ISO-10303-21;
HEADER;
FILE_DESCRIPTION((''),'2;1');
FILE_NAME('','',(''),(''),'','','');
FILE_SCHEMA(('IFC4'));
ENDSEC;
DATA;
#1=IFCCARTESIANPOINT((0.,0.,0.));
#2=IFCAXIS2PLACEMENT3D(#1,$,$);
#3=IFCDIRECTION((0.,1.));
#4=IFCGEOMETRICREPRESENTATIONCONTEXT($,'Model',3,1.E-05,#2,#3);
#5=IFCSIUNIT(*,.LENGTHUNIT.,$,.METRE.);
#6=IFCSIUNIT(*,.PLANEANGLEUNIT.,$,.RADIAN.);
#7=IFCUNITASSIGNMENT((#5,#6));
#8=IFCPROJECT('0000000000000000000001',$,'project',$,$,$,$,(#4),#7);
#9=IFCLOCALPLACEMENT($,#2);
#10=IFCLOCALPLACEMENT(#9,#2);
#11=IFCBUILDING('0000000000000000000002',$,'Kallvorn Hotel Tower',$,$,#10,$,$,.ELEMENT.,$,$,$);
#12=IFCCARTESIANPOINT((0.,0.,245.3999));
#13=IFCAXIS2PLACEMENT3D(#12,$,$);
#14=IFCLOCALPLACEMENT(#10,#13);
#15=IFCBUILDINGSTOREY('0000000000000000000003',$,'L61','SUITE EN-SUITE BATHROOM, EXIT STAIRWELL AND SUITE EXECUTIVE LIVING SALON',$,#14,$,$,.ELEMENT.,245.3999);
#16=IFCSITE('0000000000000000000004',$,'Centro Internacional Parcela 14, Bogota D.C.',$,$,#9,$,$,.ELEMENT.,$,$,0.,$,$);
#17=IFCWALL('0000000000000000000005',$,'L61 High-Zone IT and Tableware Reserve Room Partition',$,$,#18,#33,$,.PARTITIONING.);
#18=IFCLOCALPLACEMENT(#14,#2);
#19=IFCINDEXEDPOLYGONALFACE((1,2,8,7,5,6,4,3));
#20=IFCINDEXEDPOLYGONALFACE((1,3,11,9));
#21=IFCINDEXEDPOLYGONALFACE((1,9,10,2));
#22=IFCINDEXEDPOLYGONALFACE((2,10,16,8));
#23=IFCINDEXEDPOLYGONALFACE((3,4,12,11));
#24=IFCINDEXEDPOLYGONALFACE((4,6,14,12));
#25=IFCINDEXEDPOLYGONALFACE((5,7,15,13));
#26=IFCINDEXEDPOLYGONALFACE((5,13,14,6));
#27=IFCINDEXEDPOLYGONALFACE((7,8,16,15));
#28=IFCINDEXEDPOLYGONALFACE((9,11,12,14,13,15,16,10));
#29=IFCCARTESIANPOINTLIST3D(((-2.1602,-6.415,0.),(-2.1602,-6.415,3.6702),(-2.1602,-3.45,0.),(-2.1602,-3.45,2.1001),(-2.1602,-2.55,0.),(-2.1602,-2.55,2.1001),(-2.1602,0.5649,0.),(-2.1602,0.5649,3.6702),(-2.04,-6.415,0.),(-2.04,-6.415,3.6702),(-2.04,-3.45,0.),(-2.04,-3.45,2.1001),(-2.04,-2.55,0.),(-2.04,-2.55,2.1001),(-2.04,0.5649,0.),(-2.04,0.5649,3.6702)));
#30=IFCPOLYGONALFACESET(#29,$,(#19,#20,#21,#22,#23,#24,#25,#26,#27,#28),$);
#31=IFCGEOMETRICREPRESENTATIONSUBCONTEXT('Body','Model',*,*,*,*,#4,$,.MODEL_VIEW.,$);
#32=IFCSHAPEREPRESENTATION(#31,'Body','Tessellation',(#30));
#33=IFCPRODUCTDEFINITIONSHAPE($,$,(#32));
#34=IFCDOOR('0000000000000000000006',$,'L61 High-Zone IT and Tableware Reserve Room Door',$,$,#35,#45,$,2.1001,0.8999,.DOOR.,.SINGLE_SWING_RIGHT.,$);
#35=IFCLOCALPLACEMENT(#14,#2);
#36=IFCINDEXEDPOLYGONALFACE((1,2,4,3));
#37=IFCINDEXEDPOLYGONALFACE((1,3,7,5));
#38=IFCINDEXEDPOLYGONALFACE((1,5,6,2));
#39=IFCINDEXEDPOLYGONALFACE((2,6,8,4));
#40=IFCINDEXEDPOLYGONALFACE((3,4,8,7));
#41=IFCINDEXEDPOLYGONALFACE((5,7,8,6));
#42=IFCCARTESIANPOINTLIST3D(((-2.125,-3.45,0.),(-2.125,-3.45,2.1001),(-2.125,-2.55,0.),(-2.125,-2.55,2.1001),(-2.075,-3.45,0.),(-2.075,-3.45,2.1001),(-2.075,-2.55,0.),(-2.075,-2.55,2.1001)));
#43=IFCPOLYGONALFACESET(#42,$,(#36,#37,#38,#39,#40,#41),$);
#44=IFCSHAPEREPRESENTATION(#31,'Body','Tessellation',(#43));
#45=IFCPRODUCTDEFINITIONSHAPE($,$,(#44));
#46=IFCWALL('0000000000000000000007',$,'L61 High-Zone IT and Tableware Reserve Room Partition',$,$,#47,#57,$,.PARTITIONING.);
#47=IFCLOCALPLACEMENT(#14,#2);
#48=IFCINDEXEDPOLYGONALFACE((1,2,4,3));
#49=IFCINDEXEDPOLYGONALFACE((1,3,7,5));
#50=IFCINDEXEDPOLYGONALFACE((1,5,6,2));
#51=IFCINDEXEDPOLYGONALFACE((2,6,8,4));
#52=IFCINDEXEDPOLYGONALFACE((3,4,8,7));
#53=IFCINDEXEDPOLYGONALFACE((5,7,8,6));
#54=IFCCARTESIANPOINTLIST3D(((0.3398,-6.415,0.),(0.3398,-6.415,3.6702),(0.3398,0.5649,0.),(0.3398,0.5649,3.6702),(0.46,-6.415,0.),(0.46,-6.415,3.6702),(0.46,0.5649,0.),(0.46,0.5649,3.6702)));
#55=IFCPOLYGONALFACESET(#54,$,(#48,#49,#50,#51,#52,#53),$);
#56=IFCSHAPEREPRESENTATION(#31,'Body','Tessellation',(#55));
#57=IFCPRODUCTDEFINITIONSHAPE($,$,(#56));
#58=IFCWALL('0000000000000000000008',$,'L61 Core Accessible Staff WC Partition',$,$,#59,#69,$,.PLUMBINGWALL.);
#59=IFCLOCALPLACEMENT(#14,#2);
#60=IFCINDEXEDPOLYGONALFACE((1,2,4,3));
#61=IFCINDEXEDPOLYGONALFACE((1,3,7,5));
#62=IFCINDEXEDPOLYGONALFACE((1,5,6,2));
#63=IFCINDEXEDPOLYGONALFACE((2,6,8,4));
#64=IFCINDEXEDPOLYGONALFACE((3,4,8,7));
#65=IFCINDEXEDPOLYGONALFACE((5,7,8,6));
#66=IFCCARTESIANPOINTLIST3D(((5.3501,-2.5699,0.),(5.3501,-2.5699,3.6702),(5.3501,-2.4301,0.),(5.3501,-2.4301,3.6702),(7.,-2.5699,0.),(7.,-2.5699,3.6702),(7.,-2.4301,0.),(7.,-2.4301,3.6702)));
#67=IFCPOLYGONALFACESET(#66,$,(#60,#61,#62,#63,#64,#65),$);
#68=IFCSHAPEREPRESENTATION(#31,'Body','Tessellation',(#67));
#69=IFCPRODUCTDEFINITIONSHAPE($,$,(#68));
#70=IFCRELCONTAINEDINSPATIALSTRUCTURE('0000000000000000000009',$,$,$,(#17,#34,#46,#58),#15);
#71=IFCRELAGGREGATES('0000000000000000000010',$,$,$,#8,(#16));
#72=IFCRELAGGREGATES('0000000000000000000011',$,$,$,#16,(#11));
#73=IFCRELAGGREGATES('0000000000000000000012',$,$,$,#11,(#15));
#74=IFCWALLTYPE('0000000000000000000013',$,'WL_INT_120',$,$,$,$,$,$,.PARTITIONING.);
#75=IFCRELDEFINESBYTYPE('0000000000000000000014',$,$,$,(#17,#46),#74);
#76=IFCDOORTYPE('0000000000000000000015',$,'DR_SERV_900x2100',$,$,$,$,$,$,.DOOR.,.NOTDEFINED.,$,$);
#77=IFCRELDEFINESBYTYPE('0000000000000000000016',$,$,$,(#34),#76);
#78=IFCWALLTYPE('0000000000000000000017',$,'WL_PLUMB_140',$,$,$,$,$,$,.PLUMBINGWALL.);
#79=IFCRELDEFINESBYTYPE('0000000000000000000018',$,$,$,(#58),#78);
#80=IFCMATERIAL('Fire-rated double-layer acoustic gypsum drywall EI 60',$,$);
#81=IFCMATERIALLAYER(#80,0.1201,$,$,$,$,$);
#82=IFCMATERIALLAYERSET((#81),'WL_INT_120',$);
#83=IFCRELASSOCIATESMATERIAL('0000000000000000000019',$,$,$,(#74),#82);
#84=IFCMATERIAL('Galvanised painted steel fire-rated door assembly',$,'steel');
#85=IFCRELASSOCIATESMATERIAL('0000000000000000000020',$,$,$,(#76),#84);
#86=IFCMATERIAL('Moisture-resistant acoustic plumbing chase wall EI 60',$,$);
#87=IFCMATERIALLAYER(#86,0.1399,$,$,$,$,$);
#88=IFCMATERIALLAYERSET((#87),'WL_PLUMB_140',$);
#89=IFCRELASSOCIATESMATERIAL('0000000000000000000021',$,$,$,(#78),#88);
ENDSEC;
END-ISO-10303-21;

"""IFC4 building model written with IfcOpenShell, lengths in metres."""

from ifc_helpers import new_model, si_unit, direction, frame, frame_2d, origin, place, context, subcontext, project, spatial, rectangle, extrude, material, layer, layer_set, type_object, element, fill, save


model = new_model("IFC4")

# Units and contexts
model_context = context("Model", 3, precision=1e-05, world=origin(), true_north=direction((0.0, 1.0)))
body_context = subcontext(model_context, "Body", "Model", "MODEL_VIEW")
ifc_project = project(units=[si_unit("LENGTHUNIT", "METRE"), si_unit("PLANEANGLEUNIT", "RADIAN")], contexts=[model_context])

# Site, building, storey
site_placement = place(None, origin())
site = spatial("IfcSite", under=ifc_project, at=site_placement, Name="Centro Internacional Parcela 14, Bogota D.C.", CompositionType="ELEMENT", RefElevation=0.0)
building_placement = place(site_placement, origin())
building = spatial("IfcBuilding", under=site, at=building_placement, Name="Kallvorn Hotel Tower", CompositionType="ELEMENT")
storey_placement = place(building_placement, frame((0.0, 0.0, 245.3999)))
storey = spatial("IfcBuildingStorey", under=building, at=storey_placement, Name="L61", Description="SUITE EN-SUITE BATHROOM, EXIT STAIRWELL AND SUITE EXECUTIVE LIVING SALON", CompositionType="ELEMENT", Elevation=245.3999)

# Shared definitions
ifc_material_1 = material(Name="Fire-rated double-layer acoustic gypsum drywall EI 60")
ifc_layer_1 = layer(ifc_material_1, 0.1201)
ifc_layer_set_1 = layer_set([ifc_layer_1], Name="WL_INT_120")
wall_type_1 = type_object("IfcWallType", Name="WL_INT_120", PredefinedType="PARTITIONING", material=ifc_layer_set_1)

# Wall, opening, door
wall_1_placement = place(storey_placement, frame((-2.1001, -6.415, 0.0), z_axis=(0.0, 0.0, 1.0), x_axis=(0.0, 1.0, 0.0)))
wall_1 = element("IfcWall", 1, at=wall_1_placement, inside=storey, type_object=wall_type_1, Name="L61 High-Zone IT and Tableware Reserve Room Partition", PredefinedType="PARTITIONING", context=body_context, shape_type="SweptSolid", body=[
    extrude(rectangle(XDim=6.98, YDim=0.1201, at=frame_2d((3.49, 0.0))), origin(), (0.0, 0.0, 1.0), 3.6702),
])
opening_1_placement = place(wall_1_placement, frame((2.9651, 0.0, 0.0)))
opening_1 = element("IfcOpeningElement", 2, at=opening_1_placement, cuts=wall_1, PredefinedType="OPENING", context=body_context, shape_type="SweptSolid", body=[
    extrude(rectangle(XDim=0.8999, YDim=2.1001, at=frame_2d((0.45, 1.05))), frame((0.0, 0.075, 0.0), z_axis=(0.0, -1.0, 0.0), x_axis=(1.0, 0.0, 0.0)), (0.0, 0.0, 1.0), 0.1501),
])
ifc_material_2 = material(Name="Galvanised painted steel fire-rated door assembly", Category="steel")
door_type_1 = type_object("IfcDoorType", Name="DR_SERV_900x2100", OperationType="NOTDEFINED", PredefinedType="DOOR", material=ifc_material_2)
door_1_placement = place(opening_1_placement, origin())
door_1 = element("IfcDoor", 3, at=door_1_placement, inside=storey, type_object=door_type_1, Name="L61 High-Zone IT and Tableware Reserve Room Door", OperationType="SINGLE_SWING_RIGHT", OverallHeight=2.1001, OverallWidth=0.8999, PredefinedType="DOOR", context=body_context, shape_type="SweptSolid", body=[
    extrude(rectangle(XDim=0.8999, YDim=2.1001, at=frame_2d((0.45, 1.05))), frame((0.0, 0.0249, 0.0), z_axis=(0.0, -1.0, 0.0), x_axis=(1.0, 0.0, 0.0)), (0.0, 0.0, 1.0), 0.05),
])
fill(opening_1, door_1)

# Walls
wall_2_placement = place(storey_placement, frame((0.3999, -6.415, 0.0), z_axis=(0.0, 0.0, 1.0), x_axis=(0.0, 1.0, 0.0)))
element("IfcWall", 4, at=wall_2_placement, inside=storey, type_object=wall_type_1, Name="L61 High-Zone IT and Tableware Reserve Room Partition", PredefinedType="PARTITIONING", context=body_context, shape_type="SweptSolid", body=[
    extrude(rectangle(XDim=6.98, YDim=0.1201, at=frame_2d((3.49, 0.0))), origin(), (0.0, 0.0, 1.0), 3.6702),
])
ifc_material_3 = material(Name="Moisture-resistant acoustic plumbing chase wall EI 60")
ifc_layer_2 = layer(ifc_material_3, 0.1399)
ifc_layer_set_2 = layer_set([ifc_layer_2], Name="WL_PLUMB_140")
wall_type_2 = type_object("IfcWallType", Name="WL_PLUMB_140", PredefinedType="PLUMBINGWALL", material=ifc_layer_set_2)
wall_3_placement = place(storey_placement, frame((5.3501, -2.5, 0.0), z_axis=(0.0, 0.0, 1.0), x_axis=(1.0, 0.0, 0.0)))
element("IfcWall", 5, at=wall_3_placement, inside=storey, type_object=wall_type_2, Name="L61 Core Accessible Staff WC Partition", PredefinedType="PLUMBINGWALL", context=body_context, shape_type="SweptSolid", body=[
    extrude(rectangle(XDim=1.6499, YDim=0.1399, at=frame_2d((0.825, 0.0))), origin(), (0.0, 0.0, 1.0), 3.6702),
])

save(model, "model.ifc")
